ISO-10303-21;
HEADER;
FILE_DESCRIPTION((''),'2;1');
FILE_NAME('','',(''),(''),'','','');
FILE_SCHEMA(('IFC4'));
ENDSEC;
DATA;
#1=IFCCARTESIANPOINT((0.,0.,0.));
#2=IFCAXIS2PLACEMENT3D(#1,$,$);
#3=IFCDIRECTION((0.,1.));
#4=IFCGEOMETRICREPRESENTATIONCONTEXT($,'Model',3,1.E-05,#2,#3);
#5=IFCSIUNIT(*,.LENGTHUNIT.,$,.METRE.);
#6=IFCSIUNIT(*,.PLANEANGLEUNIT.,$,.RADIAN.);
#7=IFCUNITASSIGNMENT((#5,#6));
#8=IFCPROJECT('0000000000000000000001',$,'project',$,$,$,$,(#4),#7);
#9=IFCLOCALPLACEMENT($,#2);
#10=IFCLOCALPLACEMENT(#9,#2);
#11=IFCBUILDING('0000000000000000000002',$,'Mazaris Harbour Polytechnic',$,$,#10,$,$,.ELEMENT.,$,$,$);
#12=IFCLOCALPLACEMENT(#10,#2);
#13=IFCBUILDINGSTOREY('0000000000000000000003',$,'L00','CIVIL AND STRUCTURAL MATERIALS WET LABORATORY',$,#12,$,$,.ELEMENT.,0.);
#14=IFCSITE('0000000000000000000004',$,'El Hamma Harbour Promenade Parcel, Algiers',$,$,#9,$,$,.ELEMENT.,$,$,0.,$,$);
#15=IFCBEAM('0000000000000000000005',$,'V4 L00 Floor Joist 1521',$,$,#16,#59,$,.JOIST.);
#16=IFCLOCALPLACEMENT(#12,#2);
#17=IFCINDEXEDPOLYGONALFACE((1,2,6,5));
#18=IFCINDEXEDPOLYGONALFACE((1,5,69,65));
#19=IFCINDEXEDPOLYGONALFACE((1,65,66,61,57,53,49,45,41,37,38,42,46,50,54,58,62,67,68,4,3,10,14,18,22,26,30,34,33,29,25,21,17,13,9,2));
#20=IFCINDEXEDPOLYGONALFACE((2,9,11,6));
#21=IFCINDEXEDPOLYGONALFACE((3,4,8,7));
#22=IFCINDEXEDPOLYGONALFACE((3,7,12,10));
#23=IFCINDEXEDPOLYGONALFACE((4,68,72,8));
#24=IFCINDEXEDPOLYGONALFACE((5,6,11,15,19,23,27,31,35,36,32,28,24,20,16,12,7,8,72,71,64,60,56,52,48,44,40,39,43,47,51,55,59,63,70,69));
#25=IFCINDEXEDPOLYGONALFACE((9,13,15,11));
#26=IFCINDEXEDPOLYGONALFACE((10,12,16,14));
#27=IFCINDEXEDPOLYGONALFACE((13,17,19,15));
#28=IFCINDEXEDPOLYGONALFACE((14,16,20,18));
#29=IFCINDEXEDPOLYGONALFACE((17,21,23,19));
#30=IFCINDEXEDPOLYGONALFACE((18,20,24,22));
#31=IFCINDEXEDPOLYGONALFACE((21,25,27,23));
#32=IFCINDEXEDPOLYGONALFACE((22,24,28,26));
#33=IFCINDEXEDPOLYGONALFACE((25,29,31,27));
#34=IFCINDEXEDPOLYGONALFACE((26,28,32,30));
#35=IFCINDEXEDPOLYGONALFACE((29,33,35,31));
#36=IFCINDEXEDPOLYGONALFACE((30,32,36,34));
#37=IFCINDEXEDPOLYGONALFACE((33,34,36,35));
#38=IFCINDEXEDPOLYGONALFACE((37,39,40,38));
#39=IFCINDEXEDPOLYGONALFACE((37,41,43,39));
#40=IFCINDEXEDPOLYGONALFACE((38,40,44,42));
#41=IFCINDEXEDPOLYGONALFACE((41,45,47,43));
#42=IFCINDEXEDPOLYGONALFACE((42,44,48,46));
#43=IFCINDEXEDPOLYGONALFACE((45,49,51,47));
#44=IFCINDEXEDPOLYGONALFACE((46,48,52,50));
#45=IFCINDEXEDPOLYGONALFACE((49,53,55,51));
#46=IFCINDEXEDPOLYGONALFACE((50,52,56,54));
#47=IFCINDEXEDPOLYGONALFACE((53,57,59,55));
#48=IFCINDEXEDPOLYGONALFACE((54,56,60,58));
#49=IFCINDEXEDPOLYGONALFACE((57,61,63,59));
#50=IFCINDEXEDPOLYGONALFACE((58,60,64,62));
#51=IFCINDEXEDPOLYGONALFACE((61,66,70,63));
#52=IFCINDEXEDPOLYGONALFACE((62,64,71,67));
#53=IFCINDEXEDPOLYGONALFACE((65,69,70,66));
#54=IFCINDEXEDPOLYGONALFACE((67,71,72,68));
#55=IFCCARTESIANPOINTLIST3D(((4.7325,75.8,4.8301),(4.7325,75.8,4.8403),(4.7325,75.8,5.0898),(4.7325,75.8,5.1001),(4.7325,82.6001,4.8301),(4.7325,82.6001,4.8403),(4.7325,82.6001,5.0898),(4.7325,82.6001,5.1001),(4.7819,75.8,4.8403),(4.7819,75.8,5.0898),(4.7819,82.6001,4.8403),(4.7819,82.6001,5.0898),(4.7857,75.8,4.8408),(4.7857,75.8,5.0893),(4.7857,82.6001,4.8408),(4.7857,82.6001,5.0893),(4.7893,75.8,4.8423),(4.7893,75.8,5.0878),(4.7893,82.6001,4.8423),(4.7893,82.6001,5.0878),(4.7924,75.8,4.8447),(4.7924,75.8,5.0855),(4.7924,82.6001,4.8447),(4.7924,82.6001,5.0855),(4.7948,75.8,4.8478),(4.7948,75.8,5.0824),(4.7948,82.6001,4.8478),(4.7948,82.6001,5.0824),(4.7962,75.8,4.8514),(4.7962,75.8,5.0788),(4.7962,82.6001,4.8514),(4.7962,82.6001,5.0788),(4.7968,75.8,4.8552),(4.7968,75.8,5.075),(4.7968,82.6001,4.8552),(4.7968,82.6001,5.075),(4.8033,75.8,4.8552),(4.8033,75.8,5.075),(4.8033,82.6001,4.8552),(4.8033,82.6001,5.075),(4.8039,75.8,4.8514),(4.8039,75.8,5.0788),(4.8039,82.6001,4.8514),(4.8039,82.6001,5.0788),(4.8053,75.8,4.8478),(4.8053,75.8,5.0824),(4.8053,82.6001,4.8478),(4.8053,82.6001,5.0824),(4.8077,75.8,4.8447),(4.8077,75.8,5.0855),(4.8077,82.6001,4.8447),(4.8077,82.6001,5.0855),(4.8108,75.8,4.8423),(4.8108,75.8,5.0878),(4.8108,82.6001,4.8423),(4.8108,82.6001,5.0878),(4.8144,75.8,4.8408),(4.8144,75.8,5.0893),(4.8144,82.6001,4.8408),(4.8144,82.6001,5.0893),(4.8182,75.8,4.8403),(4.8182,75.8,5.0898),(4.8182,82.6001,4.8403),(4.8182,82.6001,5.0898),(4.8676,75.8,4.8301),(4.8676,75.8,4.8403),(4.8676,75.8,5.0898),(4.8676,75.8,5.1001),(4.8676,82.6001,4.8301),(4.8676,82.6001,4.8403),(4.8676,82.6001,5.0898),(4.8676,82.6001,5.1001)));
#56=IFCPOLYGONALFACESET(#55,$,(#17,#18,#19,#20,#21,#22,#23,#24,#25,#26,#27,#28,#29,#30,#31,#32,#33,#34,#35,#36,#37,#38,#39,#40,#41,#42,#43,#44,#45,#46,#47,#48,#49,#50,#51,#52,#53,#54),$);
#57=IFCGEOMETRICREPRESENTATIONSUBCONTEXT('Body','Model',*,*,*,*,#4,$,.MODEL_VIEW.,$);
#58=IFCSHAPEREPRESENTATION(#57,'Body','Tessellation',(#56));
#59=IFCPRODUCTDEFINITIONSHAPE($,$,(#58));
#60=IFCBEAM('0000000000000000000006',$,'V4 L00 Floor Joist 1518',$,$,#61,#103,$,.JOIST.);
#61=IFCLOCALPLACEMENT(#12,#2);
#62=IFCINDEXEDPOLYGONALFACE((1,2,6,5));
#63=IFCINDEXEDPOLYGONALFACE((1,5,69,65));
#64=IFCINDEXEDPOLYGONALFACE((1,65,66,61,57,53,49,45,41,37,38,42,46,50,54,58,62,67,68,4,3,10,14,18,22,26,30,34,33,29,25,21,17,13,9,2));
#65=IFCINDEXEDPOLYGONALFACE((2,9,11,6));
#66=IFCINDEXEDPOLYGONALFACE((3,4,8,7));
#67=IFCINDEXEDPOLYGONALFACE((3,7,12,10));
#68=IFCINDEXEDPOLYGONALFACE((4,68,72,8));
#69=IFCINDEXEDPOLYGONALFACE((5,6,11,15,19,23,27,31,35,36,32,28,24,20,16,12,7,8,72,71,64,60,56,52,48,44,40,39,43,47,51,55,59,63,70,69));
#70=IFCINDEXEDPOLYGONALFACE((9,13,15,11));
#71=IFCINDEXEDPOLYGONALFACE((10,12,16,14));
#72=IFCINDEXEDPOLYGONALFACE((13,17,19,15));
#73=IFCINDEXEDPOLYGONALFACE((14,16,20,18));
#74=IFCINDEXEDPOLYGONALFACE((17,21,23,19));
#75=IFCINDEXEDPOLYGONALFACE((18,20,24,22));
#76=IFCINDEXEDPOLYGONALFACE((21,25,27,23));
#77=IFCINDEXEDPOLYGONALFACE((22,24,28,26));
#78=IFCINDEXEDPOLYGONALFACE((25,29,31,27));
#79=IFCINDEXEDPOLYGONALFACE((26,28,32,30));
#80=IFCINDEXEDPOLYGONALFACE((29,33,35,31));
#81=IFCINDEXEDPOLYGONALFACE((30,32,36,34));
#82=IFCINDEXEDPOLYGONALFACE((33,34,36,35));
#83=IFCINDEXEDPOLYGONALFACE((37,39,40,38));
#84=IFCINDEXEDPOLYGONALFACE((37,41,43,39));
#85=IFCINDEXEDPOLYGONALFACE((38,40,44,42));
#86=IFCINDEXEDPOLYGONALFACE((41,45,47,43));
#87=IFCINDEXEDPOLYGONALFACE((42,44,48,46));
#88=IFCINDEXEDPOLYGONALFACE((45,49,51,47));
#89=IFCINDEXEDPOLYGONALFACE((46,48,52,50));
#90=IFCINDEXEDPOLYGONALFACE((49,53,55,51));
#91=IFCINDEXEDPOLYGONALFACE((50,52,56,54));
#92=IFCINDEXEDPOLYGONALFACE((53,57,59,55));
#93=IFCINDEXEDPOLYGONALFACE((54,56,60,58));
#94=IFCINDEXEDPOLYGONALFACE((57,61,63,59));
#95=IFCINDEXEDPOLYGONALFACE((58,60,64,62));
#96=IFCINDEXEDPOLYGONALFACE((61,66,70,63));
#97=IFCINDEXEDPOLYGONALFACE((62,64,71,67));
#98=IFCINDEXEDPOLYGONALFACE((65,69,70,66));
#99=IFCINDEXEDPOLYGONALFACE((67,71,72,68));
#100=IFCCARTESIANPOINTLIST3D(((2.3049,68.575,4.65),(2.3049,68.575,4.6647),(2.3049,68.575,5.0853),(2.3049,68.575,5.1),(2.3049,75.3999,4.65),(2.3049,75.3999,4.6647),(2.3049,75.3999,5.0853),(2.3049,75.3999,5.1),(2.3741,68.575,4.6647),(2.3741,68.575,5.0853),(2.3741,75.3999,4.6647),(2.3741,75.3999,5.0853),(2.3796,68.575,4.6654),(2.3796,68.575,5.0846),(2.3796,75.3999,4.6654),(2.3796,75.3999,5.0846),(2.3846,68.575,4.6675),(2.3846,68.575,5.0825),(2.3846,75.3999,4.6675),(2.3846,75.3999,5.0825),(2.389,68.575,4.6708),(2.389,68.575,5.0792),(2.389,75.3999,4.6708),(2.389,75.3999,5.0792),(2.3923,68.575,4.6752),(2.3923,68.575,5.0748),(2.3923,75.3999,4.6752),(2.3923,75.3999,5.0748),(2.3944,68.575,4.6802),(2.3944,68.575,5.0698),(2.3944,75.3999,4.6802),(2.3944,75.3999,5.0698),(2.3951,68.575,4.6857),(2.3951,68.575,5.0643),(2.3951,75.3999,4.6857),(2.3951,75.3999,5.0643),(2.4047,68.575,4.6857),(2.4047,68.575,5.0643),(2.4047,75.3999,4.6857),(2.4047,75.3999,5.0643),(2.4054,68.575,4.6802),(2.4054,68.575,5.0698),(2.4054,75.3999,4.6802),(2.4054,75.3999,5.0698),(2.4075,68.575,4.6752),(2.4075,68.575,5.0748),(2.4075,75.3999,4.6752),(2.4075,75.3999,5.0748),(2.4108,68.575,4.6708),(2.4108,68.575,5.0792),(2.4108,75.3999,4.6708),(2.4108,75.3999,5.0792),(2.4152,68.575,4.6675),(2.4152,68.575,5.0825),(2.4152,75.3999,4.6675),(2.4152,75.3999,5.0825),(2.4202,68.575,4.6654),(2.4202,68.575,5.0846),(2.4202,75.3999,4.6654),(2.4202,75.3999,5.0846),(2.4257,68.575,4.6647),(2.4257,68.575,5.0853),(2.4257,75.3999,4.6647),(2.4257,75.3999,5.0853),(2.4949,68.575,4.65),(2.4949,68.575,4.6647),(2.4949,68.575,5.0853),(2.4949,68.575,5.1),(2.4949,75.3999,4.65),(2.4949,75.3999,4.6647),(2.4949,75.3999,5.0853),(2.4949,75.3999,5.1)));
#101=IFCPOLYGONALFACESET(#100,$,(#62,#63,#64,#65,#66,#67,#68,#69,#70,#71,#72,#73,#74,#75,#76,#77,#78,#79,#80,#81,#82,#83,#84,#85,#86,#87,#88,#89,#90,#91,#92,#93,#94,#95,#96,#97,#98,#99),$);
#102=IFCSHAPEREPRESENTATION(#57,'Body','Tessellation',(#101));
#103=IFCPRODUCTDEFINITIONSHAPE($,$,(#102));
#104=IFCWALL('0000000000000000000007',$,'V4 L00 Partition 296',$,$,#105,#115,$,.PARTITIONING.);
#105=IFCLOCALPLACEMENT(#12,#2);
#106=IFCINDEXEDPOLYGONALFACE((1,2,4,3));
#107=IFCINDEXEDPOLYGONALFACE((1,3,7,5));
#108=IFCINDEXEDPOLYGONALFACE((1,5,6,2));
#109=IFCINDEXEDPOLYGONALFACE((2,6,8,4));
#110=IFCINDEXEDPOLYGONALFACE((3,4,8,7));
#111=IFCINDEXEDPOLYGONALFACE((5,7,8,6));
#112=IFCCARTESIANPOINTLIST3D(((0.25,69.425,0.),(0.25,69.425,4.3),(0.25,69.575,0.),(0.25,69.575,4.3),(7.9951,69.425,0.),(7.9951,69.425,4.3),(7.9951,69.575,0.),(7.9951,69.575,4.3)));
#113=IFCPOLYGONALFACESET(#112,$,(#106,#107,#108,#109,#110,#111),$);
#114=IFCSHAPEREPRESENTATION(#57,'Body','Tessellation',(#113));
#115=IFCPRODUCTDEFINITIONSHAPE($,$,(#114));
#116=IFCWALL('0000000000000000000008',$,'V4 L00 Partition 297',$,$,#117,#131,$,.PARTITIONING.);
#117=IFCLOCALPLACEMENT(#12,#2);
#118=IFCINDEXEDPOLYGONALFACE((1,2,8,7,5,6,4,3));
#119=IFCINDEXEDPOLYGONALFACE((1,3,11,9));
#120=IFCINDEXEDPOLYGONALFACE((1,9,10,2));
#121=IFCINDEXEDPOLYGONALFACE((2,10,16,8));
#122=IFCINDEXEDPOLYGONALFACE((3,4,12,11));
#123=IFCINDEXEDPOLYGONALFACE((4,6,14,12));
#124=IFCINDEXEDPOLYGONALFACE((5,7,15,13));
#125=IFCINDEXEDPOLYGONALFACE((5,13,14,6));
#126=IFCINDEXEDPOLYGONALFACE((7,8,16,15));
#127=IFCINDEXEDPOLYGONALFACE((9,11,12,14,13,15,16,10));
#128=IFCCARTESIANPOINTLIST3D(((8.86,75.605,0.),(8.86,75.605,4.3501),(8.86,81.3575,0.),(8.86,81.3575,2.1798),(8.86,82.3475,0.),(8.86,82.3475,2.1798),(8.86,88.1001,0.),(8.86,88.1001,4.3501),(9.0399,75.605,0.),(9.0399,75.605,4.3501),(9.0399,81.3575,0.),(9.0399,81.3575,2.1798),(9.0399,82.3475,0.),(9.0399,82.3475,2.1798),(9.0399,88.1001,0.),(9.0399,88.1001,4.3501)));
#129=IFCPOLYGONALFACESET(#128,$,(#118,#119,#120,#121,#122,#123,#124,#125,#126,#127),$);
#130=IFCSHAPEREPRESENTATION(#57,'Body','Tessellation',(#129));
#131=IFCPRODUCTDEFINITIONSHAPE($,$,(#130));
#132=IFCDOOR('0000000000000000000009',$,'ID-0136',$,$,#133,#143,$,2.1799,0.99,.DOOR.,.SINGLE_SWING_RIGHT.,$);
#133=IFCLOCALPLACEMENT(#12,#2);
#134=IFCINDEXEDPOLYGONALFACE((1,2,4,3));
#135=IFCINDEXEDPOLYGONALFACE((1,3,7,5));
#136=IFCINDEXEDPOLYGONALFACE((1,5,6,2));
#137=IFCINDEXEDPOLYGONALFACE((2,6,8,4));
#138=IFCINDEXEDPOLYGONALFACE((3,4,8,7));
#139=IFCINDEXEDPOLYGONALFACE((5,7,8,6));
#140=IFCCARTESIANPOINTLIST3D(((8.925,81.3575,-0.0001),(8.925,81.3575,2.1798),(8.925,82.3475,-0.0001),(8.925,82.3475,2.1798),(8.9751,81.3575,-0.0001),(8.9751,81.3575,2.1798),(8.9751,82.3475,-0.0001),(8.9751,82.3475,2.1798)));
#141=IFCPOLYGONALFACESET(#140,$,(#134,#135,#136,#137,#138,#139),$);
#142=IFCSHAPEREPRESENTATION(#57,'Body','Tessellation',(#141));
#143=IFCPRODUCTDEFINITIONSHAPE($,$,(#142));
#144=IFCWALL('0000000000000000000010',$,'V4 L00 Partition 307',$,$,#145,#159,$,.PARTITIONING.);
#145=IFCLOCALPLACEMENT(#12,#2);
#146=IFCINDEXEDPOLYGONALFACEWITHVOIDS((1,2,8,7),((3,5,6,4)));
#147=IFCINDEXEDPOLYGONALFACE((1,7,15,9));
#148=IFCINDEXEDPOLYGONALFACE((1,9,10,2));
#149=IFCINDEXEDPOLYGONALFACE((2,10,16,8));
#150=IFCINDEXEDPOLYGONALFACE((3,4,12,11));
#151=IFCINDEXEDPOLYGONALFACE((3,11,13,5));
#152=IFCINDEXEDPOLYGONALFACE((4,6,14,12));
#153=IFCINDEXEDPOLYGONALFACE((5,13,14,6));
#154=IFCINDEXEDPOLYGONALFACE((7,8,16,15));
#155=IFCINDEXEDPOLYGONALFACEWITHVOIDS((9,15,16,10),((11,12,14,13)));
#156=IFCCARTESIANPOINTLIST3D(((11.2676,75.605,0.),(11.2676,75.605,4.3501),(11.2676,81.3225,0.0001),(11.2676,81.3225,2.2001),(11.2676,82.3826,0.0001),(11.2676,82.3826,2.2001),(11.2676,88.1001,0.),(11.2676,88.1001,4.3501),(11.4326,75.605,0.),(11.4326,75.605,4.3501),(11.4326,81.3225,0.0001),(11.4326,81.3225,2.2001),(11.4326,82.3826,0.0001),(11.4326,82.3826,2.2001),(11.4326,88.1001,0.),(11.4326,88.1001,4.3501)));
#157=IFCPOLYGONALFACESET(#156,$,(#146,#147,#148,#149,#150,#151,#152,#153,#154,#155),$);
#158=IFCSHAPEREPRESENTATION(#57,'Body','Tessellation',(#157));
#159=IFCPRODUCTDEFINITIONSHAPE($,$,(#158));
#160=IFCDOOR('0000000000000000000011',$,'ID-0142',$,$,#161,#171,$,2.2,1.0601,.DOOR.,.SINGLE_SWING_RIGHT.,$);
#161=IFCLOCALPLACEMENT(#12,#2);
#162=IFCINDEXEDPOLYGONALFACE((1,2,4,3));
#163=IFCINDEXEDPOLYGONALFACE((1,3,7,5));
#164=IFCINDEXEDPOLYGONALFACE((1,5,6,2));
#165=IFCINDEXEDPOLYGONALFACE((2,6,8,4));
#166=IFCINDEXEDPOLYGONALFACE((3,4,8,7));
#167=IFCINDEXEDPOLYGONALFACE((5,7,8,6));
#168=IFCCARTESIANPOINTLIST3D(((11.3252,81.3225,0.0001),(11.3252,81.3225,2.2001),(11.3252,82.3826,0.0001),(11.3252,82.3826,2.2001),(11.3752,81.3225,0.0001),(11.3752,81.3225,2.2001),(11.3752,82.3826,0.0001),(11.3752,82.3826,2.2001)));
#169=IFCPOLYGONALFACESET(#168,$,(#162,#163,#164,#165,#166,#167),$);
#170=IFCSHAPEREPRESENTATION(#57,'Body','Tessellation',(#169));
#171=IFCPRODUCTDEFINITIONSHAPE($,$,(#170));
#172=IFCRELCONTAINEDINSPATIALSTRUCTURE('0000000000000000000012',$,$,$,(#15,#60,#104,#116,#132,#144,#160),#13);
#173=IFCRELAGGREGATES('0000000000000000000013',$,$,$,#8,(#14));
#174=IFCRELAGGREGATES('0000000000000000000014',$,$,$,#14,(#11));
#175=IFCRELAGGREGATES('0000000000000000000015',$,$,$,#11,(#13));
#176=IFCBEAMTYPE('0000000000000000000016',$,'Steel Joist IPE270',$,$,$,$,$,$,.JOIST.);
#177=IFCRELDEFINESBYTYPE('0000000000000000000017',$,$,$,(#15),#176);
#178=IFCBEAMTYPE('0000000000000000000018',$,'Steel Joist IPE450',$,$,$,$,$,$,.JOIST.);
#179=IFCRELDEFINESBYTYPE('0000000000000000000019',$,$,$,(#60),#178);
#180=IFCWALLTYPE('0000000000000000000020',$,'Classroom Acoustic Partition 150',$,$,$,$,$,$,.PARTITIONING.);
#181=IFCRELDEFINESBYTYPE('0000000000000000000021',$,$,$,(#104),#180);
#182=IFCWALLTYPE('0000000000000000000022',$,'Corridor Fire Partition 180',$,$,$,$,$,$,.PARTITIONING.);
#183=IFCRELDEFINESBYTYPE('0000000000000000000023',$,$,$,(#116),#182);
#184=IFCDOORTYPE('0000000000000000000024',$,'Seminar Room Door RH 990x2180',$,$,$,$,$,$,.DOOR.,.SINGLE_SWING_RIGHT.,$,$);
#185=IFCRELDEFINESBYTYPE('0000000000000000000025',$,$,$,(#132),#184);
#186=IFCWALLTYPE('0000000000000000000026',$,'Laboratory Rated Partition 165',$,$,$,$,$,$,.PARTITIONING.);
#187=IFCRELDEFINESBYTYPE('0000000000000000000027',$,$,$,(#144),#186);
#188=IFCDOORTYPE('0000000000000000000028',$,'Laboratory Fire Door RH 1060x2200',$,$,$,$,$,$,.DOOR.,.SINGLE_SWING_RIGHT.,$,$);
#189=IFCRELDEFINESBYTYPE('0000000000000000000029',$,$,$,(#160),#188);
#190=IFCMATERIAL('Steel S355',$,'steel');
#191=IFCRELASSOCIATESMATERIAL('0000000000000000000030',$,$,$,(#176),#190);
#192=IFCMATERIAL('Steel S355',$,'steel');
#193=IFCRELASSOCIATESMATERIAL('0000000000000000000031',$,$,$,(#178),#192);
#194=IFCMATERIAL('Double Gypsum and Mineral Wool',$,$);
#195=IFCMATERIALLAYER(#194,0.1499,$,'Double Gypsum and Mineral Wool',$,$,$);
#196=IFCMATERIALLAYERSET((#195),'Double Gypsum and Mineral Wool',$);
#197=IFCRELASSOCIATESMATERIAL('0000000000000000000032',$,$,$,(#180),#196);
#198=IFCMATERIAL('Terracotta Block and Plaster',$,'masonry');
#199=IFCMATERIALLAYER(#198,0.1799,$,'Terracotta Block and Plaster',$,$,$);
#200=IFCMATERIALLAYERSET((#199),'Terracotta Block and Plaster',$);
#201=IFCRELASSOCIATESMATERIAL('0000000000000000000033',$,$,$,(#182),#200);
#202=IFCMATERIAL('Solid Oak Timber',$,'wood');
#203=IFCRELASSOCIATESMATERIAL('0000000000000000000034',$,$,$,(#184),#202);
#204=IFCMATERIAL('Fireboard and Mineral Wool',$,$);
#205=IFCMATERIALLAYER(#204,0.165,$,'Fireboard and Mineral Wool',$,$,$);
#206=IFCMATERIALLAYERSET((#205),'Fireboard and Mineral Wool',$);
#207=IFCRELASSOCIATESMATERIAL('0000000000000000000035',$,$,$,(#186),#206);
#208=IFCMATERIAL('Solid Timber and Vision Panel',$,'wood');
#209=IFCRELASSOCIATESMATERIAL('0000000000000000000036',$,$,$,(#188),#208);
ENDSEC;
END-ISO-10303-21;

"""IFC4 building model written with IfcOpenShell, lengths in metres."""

from ifc_helpers import new_model, si_unit, direction, frame, frame_2d, origin, origin_2d, place, context, subcontext, project, spatial, rectangle, i_section, extrude, material, layer, layer_set, material_profile, profile_set, type_object, element, fill, save


model = new_model("IFC4")

# Units and contexts
model_context = context("Model", 3, precision=1e-05, world=origin(), true_north=direction((0.0, 1.0)))
body_context = subcontext(model_context, "Body", "Model", "MODEL_VIEW")
ifc_project = project(units=[si_unit("LENGTHUNIT", "METRE"), si_unit("PLANEANGLEUNIT", "RADIAN")], contexts=[model_context])

# Site, building, storey
site_placement = place(None, origin())
site = spatial("IfcSite", under=ifc_project, at=site_placement, Name="El Hamma Harbour Promenade Parcel, Algiers", CompositionType="ELEMENT", RefElevation=0.0)
building_placement = place(site_placement, origin())
building = spatial("IfcBuilding", under=site, at=building_placement, Name="Mazaris Harbour Polytechnic", CompositionType="ELEMENT")
storey_placement = place(building_placement, origin())
storey = spatial("IfcBuildingStorey", under=building, at=storey_placement, Name="L00", Description="CIVIL AND STRUCTURAL MATERIALS WET LABORATORY", CompositionType="ELEMENT", Elevation=0.0)

# Beams
ifc_material_1 = material(Name="Steel S355", Category="steel")
ifc_material_profile_1 = material_profile(ifc_material_1, i_section(OverallWidth=0.135, OverallDepth=0.27, WebThickness=0.0066, FlangeThickness=0.0103, FilletRadius=0.0149, at=origin_2d()), Name="IPE 270")
ifc_profile_set_1 = profile_set([ifc_material_profile_1], Name="Steel S355")
beam_type_1 = type_object("IfcBeamType", Name="Steel Joist IPE270", PredefinedType="JOIST", material=ifc_profile_set_1)
beam_1_placement = place(storey_placement, frame((4.8, 75.8, 4.9651), z_axis=(0.0, 1.0, 0.0), x_axis=(-1.0, 0.0, 0.0)))
element("IfcBeam", 1, at=beam_1_placement, inside=storey, type_object=beam_type_1, Name="V4 L00 Floor Joist 1521", PredefinedType="JOIST", context=body_context, shape_type="SweptSolid", body=[
    extrude(i_section(OverallWidth=0.135, OverallDepth=0.27, WebThickness=0.0066, FlangeThickness=0.0103, FilletRadius=0.0149, at=origin_2d()), origin(), (0.0, 0.0, 1.0), 6.8),
])
ifc_material_2 = material(Name="Steel S355", Category="steel")
ifc_material_profile_2 = material_profile(ifc_material_2, i_section(OverallWidth=0.1899, OverallDepth=0.45, WebThickness=0.0095, FlangeThickness=0.0146, FilletRadius=0.021, at=origin_2d()), Name="IPE 450")
ifc_profile_set_2 = profile_set([ifc_material_profile_2], Name="Steel S355")
beam_type_2 = type_object("IfcBeamType", Name="Steel Joist IPE450", PredefinedType="JOIST", material=ifc_profile_set_2)
beam_2_placement = place(storey_placement, frame((2.3999, 68.575, 4.875), z_axis=(0.0, 1.0, 0.0), x_axis=(-1.0, 0.0, 0.0)))
element("IfcBeam", 2, at=beam_2_placement, inside=storey, type_object=beam_type_2, Name="V4 L00 Floor Joist 1518", PredefinedType="JOIST", context=body_context, shape_type="SweptSolid", body=[
    extrude(i_section(OverallWidth=0.1899, OverallDepth=0.45, WebThickness=0.0095, FlangeThickness=0.0146, FilletRadius=0.021, at=origin_2d()), origin(), (0.0, 0.0, 1.0), 6.825),
])

# Wall
ifc_material_3 = material(Name="Double Gypsum and Mineral Wool")
ifc_layer_1 = layer(ifc_material_3, 0.1499, Name="Double Gypsum and Mineral Wool")
ifc_layer_set_1 = layer_set([ifc_layer_1], Name="Double Gypsum and Mineral Wool")
wall_type_1 = type_object("IfcWallType", Name="Classroom Acoustic Partition 150", PredefinedType="PARTITIONING", material=ifc_layer_set_1)
wall_1_placement = place(storey_placement, frame((0.25, 69.5, 0.0), z_axis=(0.0, 0.0, 1.0), x_axis=(1.0, 0.0, 0.0)))
element("IfcWall", 3, at=wall_1_placement, inside=storey, type_object=wall_type_1, Name="V4 L00 Partition 296", PredefinedType="PARTITIONING", context=body_context, shape_type="SweptSolid", body=[
    extrude(rectangle(XDim=7.7451, YDim=0.1499, at=frame_2d((3.8726, 0.0))), origin(), (0.0, 0.0, 1.0), 4.3),
])

# Walls, openings, doors
ifc_material_4 = material(Name="Terracotta Block and Plaster", Category="masonry")
ifc_layer_2 = layer(ifc_material_4, 0.1799, Name="Terracotta Block and Plaster")
ifc_layer_set_2 = layer_set([ifc_layer_2], Name="Terracotta Block and Plaster")
wall_type_2 = type_object("IfcWallType", Name="Corridor Fire Partition 180", PredefinedType="PARTITIONING", material=ifc_layer_set_2)
wall_2_placement = place(storey_placement, frame((8.95, 75.605, 0.0), z_axis=(0.0, 0.0, 1.0), x_axis=(0.0, 1.0, 0.0)))
wall_2 = element("IfcWall", 4, at=wall_2_placement, inside=storey, type_object=wall_type_2, Name="V4 L00 Partition 297", PredefinedType="PARTITIONING", context=body_context, shape_type="SweptSolid", body=[
    extrude(rectangle(XDim=12.4951, YDim=0.1799, at=frame_2d((6.2476, 0.0))), origin(), (0.0, 0.0, 1.0), 4.3501),
])
opening_1_placement = place(wall_2_placement, frame((5.7524, 0.0, 0.0)))
opening_1 = element("IfcOpeningElement", 5, at=opening_1_placement, cuts=wall_2, PredefinedType="OPENING", context=body_context, shape_type="SweptSolid", body=[
    extrude(rectangle(XDim=0.99, YDim=2.1799, at=frame_2d((0.4951, 1.0898))), frame((0.0, 0.0999, 0.0), z_axis=(0.0, -1.0, 0.0), x_axis=(1.0, 0.0, 0.0)), (0.0, 0.0, 1.0), 0.2),
])
ifc_material_5 = material(Name="Solid Oak Timber", Category="wood")
door_type_1 = type_object("IfcDoorType", Name="Seminar Room Door RH 990x2180", OperationType="SINGLE_SWING_RIGHT", PredefinedType="DOOR", material=ifc_material_5)
door_1_placement = place(opening_1_placement, origin())
door_1 = element("IfcDoor", 6, at=door_1_placement, inside=storey, type_object=door_type_1, Name="ID-0136", OperationType="SINGLE_SWING_RIGHT", OverallHeight=2.1799, OverallWidth=0.99, PredefinedType="DOOR", context=body_context, shape_type="SweptSolid", body=[
    extrude(rectangle(XDim=0.99, YDim=2.1799, at=frame_2d((0.4951, 1.0898))), frame((0.0, 0.0249, 0.0), z_axis=(0.0, -1.0, 0.0), x_axis=(1.0, 0.0, 0.0)), (0.0, 0.0, 1.0), 0.05),
])
fill(opening_1, door_1)
ifc_material_6 = material(Name="Fireboard and Mineral Wool")
ifc_layer_3 = layer(ifc_material_6, 0.165, Name="Fireboard and Mineral Wool")
ifc_layer_set_3 = layer_set([ifc_layer_3], Name="Fireboard and Mineral Wool")
wall_type_3 = type_object("IfcWallType", Name="Laboratory Rated Partition 165", PredefinedType="PARTITIONING", material=ifc_layer_set_3)
wall_3_placement = place(storey_placement, frame((11.3501, 75.605, 0.0), z_axis=(0.0, 0.0, 1.0), x_axis=(0.0, 1.0, 0.0)))
wall_3 = element("IfcWall", 7, at=wall_3_placement, inside=storey, type_object=wall_type_3, Name="V4 L00 Partition 307", PredefinedType="PARTITIONING", context=body_context, shape_type="SweptSolid", body=[
    extrude(rectangle(XDim=12.4951, YDim=0.165, at=frame_2d((6.2476, 0.0))), origin(), (0.0, 0.0, 1.0), 4.3501),
])
opening_2_placement = place(wall_3_placement, frame((5.7175, 0.0, 0.0)))
opening_2 = element("IfcOpeningElement", 8, at=opening_2_placement, cuts=wall_3, PredefinedType="OPENING", context=body_context, shape_type="SweptSolid", body=[
    extrude(rectangle(XDim=1.0601, YDim=2.2, at=frame_2d((0.53, 1.1001))), frame((0.0, 0.0925, 0.0), z_axis=(0.0, -1.0, 0.0), x_axis=(1.0, 0.0, 0.0)), (0.0, 0.0, 1.0), 0.1851),
])
ifc_material_7 = material(Name="Solid Timber and Vision Panel", Category="wood")
door_type_2 = type_object("IfcDoorType", Name="Laboratory Fire Door RH 1060x2200", OperationType="SINGLE_SWING_RIGHT", PredefinedType="DOOR", material=ifc_material_7)
door_2_placement = place(opening_2_placement, origin())
door_2 = element("IfcDoor", 9, at=door_2_placement, inside=storey, type_object=door_type_2, Name="ID-0142", OperationType="SINGLE_SWING_RIGHT", OverallHeight=2.2, OverallWidth=1.0601, PredefinedType="DOOR", context=body_context, shape_type="SweptSolid", body=[
    extrude(rectangle(XDim=1.0601, YDim=2.2, at=frame_2d((0.53, 1.1001))), frame((0.0, 0.0249, 0.0), z_axis=(0.0, -1.0, 0.0), x_axis=(1.0, 0.0, 0.0)), (0.0, 0.0, 1.0), 0.05),
])
fill(opening_2, door_2)

save(model, "model.ifc")
